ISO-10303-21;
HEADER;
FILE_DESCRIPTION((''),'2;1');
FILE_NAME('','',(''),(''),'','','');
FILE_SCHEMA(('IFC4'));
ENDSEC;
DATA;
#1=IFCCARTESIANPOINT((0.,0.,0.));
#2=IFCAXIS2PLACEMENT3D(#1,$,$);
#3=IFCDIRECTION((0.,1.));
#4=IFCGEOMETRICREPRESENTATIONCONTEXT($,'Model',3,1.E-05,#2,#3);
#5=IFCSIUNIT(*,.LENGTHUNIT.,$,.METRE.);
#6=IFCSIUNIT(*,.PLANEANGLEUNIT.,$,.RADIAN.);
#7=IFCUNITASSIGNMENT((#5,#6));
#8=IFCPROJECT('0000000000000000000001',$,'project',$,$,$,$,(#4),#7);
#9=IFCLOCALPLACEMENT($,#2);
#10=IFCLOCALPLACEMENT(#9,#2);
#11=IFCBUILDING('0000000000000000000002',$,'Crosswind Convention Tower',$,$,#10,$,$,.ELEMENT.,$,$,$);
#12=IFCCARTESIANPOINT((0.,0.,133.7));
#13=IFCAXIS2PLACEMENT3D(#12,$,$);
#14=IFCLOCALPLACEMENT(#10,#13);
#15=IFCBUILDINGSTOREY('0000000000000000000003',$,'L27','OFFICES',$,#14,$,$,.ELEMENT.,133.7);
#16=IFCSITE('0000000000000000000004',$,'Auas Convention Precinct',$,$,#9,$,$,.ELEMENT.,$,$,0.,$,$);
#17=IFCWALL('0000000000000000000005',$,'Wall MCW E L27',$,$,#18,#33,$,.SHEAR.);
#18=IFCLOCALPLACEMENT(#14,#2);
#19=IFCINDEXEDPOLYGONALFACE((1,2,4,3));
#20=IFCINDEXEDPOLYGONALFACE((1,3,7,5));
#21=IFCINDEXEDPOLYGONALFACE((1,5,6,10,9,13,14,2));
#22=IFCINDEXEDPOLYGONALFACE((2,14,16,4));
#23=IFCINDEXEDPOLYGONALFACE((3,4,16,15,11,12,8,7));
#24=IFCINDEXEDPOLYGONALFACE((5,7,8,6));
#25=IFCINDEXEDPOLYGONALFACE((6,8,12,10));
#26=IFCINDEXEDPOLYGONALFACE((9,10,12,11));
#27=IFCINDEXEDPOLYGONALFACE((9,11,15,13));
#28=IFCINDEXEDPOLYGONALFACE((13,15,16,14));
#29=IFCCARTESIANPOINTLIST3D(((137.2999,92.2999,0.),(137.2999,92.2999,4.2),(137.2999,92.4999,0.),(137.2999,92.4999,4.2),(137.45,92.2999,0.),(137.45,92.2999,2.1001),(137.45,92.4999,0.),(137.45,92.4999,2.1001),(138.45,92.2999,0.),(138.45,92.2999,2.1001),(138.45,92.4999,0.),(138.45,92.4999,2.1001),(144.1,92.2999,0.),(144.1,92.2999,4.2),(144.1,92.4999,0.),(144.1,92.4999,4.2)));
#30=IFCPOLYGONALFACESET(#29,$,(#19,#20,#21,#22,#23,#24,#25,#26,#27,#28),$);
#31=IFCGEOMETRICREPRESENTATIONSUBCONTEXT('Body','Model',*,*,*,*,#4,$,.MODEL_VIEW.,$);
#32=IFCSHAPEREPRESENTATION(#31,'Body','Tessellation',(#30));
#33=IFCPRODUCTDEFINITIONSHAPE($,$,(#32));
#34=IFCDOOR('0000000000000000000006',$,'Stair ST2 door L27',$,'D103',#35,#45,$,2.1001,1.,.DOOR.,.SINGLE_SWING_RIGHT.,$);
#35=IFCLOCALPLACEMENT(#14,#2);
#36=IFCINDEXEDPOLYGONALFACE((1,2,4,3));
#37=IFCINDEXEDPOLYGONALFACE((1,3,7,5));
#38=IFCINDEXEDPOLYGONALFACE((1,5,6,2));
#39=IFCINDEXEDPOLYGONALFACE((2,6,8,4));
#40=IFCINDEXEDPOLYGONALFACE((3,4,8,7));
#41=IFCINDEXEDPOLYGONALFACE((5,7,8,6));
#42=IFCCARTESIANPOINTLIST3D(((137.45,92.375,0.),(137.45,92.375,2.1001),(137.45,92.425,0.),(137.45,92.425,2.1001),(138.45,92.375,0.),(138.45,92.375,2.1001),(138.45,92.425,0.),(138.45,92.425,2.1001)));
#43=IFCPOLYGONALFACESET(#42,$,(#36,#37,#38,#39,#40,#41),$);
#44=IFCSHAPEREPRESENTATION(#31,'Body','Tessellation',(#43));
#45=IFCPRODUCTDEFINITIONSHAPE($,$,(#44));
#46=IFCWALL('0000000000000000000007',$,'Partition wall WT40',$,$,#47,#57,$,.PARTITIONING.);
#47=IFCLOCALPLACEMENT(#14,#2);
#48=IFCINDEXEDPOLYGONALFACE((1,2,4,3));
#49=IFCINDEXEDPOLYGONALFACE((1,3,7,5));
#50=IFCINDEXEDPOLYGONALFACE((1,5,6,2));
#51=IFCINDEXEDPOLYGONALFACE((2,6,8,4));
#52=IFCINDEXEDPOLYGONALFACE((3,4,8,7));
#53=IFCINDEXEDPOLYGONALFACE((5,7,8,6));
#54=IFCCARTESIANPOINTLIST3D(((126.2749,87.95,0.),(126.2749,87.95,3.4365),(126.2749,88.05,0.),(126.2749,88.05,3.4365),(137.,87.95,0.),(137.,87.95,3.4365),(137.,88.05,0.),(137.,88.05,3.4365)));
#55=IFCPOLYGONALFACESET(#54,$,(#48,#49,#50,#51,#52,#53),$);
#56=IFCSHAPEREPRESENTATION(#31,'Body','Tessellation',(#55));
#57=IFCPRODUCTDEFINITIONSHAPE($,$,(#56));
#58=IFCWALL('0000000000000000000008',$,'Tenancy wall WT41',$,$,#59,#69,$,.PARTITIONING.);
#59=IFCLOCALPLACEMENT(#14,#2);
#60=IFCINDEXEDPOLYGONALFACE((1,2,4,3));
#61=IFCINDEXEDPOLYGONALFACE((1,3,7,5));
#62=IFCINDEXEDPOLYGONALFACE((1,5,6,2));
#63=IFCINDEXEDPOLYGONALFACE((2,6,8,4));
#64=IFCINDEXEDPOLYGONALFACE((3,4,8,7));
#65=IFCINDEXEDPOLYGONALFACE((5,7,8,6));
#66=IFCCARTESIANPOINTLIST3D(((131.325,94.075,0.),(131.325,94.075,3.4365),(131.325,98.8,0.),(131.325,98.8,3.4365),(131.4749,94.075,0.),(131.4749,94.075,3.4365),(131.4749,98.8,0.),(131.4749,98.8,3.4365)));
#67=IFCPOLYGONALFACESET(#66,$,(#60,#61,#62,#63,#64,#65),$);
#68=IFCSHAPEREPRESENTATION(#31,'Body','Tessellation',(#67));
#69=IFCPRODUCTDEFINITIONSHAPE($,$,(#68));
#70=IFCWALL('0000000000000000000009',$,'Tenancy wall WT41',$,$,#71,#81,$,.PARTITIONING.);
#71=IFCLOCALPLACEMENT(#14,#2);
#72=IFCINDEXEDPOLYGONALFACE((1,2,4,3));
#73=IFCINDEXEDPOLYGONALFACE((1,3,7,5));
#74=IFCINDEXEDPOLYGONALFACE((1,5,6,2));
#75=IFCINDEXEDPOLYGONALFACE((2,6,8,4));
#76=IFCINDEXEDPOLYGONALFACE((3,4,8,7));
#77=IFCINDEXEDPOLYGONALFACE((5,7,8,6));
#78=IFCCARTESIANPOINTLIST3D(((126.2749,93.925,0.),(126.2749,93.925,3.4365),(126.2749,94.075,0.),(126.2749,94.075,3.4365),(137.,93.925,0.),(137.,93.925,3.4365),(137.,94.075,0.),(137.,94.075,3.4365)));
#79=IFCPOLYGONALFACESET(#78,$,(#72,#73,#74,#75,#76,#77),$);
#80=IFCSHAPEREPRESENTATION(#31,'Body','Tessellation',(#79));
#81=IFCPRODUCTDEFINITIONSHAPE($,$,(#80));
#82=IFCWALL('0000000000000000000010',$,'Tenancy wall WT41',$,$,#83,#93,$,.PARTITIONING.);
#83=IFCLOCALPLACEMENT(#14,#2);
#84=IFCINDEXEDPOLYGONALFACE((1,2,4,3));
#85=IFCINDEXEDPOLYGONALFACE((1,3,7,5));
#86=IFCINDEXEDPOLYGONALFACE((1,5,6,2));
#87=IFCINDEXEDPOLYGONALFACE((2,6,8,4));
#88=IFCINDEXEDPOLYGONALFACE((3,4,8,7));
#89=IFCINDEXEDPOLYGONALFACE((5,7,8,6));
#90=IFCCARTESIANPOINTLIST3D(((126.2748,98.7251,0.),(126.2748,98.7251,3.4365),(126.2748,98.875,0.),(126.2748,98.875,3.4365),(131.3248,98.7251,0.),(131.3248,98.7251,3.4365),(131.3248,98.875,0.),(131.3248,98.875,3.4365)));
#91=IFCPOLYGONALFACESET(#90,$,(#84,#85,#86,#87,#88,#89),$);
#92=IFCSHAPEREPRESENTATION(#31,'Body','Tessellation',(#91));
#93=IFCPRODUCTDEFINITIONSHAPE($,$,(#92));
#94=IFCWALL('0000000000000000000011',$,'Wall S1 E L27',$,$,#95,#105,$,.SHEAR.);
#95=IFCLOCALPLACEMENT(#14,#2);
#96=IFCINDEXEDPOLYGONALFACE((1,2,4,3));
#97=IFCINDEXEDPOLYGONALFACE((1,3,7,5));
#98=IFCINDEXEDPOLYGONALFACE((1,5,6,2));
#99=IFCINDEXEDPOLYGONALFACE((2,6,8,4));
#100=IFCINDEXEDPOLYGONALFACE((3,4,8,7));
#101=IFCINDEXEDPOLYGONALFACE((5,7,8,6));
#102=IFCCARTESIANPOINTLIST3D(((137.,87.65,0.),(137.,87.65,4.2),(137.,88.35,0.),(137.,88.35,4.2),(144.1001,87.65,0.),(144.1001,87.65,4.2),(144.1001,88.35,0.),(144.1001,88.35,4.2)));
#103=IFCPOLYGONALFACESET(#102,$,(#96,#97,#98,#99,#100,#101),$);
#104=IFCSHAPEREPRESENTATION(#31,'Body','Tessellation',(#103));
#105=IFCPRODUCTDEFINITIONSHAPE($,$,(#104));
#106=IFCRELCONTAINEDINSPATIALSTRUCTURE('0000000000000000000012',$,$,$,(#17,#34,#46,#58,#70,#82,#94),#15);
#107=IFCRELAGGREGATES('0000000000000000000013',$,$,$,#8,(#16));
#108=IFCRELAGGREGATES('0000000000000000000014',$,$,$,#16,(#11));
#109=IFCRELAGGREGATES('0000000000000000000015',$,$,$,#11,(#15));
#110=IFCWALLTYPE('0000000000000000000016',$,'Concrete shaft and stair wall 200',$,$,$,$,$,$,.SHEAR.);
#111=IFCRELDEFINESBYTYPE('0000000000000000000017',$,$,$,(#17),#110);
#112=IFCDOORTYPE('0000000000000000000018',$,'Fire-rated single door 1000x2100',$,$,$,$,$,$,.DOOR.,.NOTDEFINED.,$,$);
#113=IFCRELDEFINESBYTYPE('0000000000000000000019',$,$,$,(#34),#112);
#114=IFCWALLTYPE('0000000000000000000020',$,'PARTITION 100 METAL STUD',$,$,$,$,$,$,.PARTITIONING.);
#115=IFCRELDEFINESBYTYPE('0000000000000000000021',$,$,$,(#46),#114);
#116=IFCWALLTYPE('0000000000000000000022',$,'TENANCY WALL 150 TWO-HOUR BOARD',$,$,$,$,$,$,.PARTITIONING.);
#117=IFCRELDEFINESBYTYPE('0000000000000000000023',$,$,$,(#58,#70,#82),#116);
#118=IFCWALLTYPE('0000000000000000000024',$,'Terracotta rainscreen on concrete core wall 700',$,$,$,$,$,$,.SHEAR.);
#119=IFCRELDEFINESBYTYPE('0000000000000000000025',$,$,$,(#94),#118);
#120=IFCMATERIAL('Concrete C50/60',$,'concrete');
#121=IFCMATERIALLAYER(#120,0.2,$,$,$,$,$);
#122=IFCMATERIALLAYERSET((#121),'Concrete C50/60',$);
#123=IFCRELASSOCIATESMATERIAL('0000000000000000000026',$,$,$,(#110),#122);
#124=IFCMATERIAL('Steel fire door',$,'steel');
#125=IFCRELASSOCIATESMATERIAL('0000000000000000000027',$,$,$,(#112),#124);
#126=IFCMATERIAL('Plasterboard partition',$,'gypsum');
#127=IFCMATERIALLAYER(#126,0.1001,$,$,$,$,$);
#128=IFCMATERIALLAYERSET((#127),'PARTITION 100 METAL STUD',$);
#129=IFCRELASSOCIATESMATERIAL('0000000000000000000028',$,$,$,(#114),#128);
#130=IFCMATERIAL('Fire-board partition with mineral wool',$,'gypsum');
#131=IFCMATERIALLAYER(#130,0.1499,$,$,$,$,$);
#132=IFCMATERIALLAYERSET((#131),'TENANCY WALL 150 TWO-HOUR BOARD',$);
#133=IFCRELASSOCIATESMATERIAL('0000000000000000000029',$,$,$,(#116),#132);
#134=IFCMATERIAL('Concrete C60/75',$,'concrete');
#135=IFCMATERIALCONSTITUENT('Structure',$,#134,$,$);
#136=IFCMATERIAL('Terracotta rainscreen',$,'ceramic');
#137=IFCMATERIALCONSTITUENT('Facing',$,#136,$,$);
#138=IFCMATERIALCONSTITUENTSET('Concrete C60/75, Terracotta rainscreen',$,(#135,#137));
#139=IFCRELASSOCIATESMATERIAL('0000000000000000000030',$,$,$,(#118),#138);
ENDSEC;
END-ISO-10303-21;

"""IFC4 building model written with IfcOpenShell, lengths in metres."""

from ifc_helpers import new_model, si_unit, direction, frame, frame_2d, origin, place, context, subcontext, project, spatial, rectangle, extrude, material, layer, layer_set, constituent, constituent_set, type_object, element, fill, save


model = new_model("IFC4")

# Units and contexts
model_context = context("Model", 3, precision=1e-05, world=origin(), true_north=direction((0.0, 1.0)))
body_context = subcontext(model_context, "Body", "Model", "MODEL_VIEW")
ifc_project = project(units=[si_unit("LENGTHUNIT", "METRE"), si_unit("PLANEANGLEUNIT", "RADIAN")], contexts=[model_context])

# Site, building, storey
site_placement = place(None, origin())
site = spatial("IfcSite", under=ifc_project, at=site_placement, Name="Auas Convention Precinct", CompositionType="ELEMENT", RefElevation=0.0)
building_placement = place(site_placement, origin())
building = spatial("IfcBuilding", under=site, at=building_placement, Name="Crosswind Convention Tower", CompositionType="ELEMENT")
storey_placement = place(building_placement, frame((0.0, 0.0, 133.7)))
storey = spatial("IfcBuildingStorey", under=building, at=storey_placement, Name="L27", Description="OFFICES", CompositionType="ELEMENT", Elevation=133.7)

# Shared definitions
ifc_material_1 = material(Name="Concrete C50/60", Category="concrete")

# Wall, opening, door
ifc_layer_1 = layer(ifc_material_1, 0.2)
ifc_layer_set_1 = layer_set([ifc_layer_1], Name="Concrete C50/60")
wall_type_1 = type_object("IfcWallType", Name="Concrete shaft and stair wall 200", PredefinedType="SHEAR", material=ifc_layer_set_1)
ifc_material_2 = material(Name="Steel fire door", Category="steel")
wall_1_placement = place(storey_placement, frame((137.3, 92.3999, 0.0), z_axis=(0.0, 0.0, 1.0), x_axis=(1.0, 0.0, 0.0)))
wall_1 = element("IfcWall", 1, at=wall_1_placement, inside=storey, type_object=wall_type_1, Name="Wall MCW E L27", PredefinedType="SHEAR", context=body_context, shape_type="SweptSolid", body=[
    extrude(rectangle(XDim=6.8, YDim=0.2, at=frame_2d((3.3999, 0.0))), origin(), (0.0, 0.0, 1.0), 4.2),
])
opening_1_placement = place(wall_1_placement, frame((0.1499, 0.0, 0.0)))
opening_1 = element("IfcOpeningElement", 2, at=opening_1_placement, cuts=wall_1, PredefinedType="OPENING", context=body_context, shape_type="SweptSolid", body=[
    extrude(rectangle(XDim=1.0, YDim=2.1001, at=frame_2d((0.5, 1.05))), frame((0.0, 0.1099, 0.0), z_axis=(0.0, -1.0, 0.0), x_axis=(1.0, 0.0, 0.0)), (0.0, 0.0, 1.0), 0.22),
])
door_type_1 = type_object("IfcDoorType", Name="Fire-rated single door 1000x2100", OperationType="NOTDEFINED", PredefinedType="DOOR", material=ifc_material_2)
door_1_placement = place(opening_1_placement, frame((1.0, 0.0, 0.0), z_axis=(0.0, 0.0, 1.0), x_axis=(-1.0, 0.0, 0.0)))
door_1 = element("IfcDoor", 3, at=door_1_placement, inside=storey, type_object=door_type_1, Name="Stair ST2 door L27", ObjectType="D103", OperationType="SINGLE_SWING_RIGHT", OverallHeight=2.1001, OverallWidth=1.0, PredefinedType="DOOR", context=body_context, shape_type="SweptSolid", body=[
    extrude(rectangle(XDim=1.0, YDim=2.1001, at=frame_2d((0.5, 1.05))), frame((0.0, 0.0249, 0.0), z_axis=(0.0, -1.0, 0.0), x_axis=(1.0, 0.0, 0.0)), (0.0, 0.0, 1.0), 0.05),
])
fill(opening_1, door_1)

# Walls
ifc_material_3 = material(Name="Plasterboard partition", Category="gypsum")
ifc_layer_2 = layer(ifc_material_3, 0.1001)
ifc_layer_set_2 = layer_set([ifc_layer_2], Name="PARTITION 100 METAL STUD")
wall_type_2 = type_object("IfcWallType", Name="PARTITION 100 METAL STUD", PredefinedType="PARTITIONING", material=ifc_layer_set_2)
wall_2_placement = place(storey_placement, frame((126.2749, 88.0, 0.0), z_axis=(0.0, 0.0, 1.0), x_axis=(1.0, 0.0, 0.0)))
element("IfcWall", 4, at=wall_2_placement, inside=storey, type_object=wall_type_2, Name="Partition wall WT40", PredefinedType="PARTITIONING", context=body_context, shape_type="SweptSolid", body=[
    extrude(rectangle(XDim=10.7251, YDim=0.1001, at=frame_2d((5.3625, 0.0))), origin(), (0.0, 0.0, 1.0), 3.4365),
])
ifc_material_4 = material(Name="Fire-board partition with mineral wool", Category="gypsum")
ifc_layer_3 = layer(ifc_material_4, 0.1499)
ifc_layer_set_3 = layer_set([ifc_layer_3], Name="TENANCY WALL 150 TWO-HOUR BOARD")
wall_type_3 = type_object("IfcWallType", Name="TENANCY WALL 150 TWO-HOUR BOARD", PredefinedType="PARTITIONING", material=ifc_layer_set_3)
wall_3_placement = place(storey_placement, frame((131.3999, 94.075, 0.0), z_axis=(0.0, 0.0, 1.0), x_axis=(0.0, 1.0, 0.0)))
element("IfcWall", 5, at=wall_3_placement, inside=storey, type_object=wall_type_3, Name="Tenancy wall WT41", PredefinedType="PARTITIONING", context=body_context, shape_type="SweptSolid", body=[
    extrude(rectangle(XDim=4.7251, YDim=0.1499, at=frame_2d((2.3625, 0.0))), origin(), (0.0, 0.0, 1.0), 3.4365),
])
wall_4_placement = place(storey_placement, frame((126.2749, 94.0, 0.0), z_axis=(0.0, 0.0, 1.0), x_axis=(1.0, 0.0, 0.0)))
element("IfcWall", 6, at=wall_4_placement, inside=storey, type_object=wall_type_3, Name="Tenancy wall WT41", PredefinedType="PARTITIONING", context=body_context, shape_type="SweptSolid", body=[
    extrude(rectangle(XDim=10.7251, YDim=0.1499, at=frame_2d((5.3625, 0.0))), origin(), (0.0, 0.0, 1.0), 3.4365),
])
wall_5_placement = place(storey_placement, frame((126.2749, 98.8, 0.0), z_axis=(0.0, 0.0, 1.0), x_axis=(1.0, 0.0, 0.0)))
element("IfcWall", 7, at=wall_5_placement, inside=storey, type_object=wall_type_3, Name="Tenancy wall WT41", PredefinedType="PARTITIONING", context=body_context, shape_type="SweptSolid", body=[
    extrude(rectangle(XDim=5.05, YDim=0.1499, at=frame_2d((2.5249, 0.0))), origin(), (0.0, 0.0, 1.0), 3.4365),
])
ifc_material_5 = material(Name="Concrete C60/75", Category="concrete")
ifc_constituent_1 = constituent(ifc_material_5, Name="Structure")
ifc_material_6 = material(Name="Terracotta rainscreen", Category="ceramic")
ifc_constituent_2 = constituent(ifc_material_6, Name="Facing")
ifc_constituent_set = constituent_set(constituents=[ifc_constituent_1, ifc_constituent_2], Name="Concrete C60/75, Terracotta rainscreen")
wall_type_4 = type_object("IfcWallType", Name="Terracotta rainscreen on concrete core wall 700", PredefinedType="SHEAR", material=ifc_constituent_set)
wall_6_placement = place(storey_placement, frame((137.0, 88.0, 0.0), z_axis=(0.0, 0.0, 1.0), x_axis=(1.0, 0.0, 0.0)))
element("IfcWall", 8, at=wall_6_placement, inside=storey, type_object=wall_type_4, Name="Wall S1 E L27", PredefinedType="SHEAR", context=body_context, shape_type="SweptSolid", body=[
    extrude(rectangle(XDim=7.1001, YDim=0.7, at=frame_2d((3.55, 0.0))), origin(), (0.0, 0.0, 1.0), 4.2),
])

save(model, "model.ifc")
